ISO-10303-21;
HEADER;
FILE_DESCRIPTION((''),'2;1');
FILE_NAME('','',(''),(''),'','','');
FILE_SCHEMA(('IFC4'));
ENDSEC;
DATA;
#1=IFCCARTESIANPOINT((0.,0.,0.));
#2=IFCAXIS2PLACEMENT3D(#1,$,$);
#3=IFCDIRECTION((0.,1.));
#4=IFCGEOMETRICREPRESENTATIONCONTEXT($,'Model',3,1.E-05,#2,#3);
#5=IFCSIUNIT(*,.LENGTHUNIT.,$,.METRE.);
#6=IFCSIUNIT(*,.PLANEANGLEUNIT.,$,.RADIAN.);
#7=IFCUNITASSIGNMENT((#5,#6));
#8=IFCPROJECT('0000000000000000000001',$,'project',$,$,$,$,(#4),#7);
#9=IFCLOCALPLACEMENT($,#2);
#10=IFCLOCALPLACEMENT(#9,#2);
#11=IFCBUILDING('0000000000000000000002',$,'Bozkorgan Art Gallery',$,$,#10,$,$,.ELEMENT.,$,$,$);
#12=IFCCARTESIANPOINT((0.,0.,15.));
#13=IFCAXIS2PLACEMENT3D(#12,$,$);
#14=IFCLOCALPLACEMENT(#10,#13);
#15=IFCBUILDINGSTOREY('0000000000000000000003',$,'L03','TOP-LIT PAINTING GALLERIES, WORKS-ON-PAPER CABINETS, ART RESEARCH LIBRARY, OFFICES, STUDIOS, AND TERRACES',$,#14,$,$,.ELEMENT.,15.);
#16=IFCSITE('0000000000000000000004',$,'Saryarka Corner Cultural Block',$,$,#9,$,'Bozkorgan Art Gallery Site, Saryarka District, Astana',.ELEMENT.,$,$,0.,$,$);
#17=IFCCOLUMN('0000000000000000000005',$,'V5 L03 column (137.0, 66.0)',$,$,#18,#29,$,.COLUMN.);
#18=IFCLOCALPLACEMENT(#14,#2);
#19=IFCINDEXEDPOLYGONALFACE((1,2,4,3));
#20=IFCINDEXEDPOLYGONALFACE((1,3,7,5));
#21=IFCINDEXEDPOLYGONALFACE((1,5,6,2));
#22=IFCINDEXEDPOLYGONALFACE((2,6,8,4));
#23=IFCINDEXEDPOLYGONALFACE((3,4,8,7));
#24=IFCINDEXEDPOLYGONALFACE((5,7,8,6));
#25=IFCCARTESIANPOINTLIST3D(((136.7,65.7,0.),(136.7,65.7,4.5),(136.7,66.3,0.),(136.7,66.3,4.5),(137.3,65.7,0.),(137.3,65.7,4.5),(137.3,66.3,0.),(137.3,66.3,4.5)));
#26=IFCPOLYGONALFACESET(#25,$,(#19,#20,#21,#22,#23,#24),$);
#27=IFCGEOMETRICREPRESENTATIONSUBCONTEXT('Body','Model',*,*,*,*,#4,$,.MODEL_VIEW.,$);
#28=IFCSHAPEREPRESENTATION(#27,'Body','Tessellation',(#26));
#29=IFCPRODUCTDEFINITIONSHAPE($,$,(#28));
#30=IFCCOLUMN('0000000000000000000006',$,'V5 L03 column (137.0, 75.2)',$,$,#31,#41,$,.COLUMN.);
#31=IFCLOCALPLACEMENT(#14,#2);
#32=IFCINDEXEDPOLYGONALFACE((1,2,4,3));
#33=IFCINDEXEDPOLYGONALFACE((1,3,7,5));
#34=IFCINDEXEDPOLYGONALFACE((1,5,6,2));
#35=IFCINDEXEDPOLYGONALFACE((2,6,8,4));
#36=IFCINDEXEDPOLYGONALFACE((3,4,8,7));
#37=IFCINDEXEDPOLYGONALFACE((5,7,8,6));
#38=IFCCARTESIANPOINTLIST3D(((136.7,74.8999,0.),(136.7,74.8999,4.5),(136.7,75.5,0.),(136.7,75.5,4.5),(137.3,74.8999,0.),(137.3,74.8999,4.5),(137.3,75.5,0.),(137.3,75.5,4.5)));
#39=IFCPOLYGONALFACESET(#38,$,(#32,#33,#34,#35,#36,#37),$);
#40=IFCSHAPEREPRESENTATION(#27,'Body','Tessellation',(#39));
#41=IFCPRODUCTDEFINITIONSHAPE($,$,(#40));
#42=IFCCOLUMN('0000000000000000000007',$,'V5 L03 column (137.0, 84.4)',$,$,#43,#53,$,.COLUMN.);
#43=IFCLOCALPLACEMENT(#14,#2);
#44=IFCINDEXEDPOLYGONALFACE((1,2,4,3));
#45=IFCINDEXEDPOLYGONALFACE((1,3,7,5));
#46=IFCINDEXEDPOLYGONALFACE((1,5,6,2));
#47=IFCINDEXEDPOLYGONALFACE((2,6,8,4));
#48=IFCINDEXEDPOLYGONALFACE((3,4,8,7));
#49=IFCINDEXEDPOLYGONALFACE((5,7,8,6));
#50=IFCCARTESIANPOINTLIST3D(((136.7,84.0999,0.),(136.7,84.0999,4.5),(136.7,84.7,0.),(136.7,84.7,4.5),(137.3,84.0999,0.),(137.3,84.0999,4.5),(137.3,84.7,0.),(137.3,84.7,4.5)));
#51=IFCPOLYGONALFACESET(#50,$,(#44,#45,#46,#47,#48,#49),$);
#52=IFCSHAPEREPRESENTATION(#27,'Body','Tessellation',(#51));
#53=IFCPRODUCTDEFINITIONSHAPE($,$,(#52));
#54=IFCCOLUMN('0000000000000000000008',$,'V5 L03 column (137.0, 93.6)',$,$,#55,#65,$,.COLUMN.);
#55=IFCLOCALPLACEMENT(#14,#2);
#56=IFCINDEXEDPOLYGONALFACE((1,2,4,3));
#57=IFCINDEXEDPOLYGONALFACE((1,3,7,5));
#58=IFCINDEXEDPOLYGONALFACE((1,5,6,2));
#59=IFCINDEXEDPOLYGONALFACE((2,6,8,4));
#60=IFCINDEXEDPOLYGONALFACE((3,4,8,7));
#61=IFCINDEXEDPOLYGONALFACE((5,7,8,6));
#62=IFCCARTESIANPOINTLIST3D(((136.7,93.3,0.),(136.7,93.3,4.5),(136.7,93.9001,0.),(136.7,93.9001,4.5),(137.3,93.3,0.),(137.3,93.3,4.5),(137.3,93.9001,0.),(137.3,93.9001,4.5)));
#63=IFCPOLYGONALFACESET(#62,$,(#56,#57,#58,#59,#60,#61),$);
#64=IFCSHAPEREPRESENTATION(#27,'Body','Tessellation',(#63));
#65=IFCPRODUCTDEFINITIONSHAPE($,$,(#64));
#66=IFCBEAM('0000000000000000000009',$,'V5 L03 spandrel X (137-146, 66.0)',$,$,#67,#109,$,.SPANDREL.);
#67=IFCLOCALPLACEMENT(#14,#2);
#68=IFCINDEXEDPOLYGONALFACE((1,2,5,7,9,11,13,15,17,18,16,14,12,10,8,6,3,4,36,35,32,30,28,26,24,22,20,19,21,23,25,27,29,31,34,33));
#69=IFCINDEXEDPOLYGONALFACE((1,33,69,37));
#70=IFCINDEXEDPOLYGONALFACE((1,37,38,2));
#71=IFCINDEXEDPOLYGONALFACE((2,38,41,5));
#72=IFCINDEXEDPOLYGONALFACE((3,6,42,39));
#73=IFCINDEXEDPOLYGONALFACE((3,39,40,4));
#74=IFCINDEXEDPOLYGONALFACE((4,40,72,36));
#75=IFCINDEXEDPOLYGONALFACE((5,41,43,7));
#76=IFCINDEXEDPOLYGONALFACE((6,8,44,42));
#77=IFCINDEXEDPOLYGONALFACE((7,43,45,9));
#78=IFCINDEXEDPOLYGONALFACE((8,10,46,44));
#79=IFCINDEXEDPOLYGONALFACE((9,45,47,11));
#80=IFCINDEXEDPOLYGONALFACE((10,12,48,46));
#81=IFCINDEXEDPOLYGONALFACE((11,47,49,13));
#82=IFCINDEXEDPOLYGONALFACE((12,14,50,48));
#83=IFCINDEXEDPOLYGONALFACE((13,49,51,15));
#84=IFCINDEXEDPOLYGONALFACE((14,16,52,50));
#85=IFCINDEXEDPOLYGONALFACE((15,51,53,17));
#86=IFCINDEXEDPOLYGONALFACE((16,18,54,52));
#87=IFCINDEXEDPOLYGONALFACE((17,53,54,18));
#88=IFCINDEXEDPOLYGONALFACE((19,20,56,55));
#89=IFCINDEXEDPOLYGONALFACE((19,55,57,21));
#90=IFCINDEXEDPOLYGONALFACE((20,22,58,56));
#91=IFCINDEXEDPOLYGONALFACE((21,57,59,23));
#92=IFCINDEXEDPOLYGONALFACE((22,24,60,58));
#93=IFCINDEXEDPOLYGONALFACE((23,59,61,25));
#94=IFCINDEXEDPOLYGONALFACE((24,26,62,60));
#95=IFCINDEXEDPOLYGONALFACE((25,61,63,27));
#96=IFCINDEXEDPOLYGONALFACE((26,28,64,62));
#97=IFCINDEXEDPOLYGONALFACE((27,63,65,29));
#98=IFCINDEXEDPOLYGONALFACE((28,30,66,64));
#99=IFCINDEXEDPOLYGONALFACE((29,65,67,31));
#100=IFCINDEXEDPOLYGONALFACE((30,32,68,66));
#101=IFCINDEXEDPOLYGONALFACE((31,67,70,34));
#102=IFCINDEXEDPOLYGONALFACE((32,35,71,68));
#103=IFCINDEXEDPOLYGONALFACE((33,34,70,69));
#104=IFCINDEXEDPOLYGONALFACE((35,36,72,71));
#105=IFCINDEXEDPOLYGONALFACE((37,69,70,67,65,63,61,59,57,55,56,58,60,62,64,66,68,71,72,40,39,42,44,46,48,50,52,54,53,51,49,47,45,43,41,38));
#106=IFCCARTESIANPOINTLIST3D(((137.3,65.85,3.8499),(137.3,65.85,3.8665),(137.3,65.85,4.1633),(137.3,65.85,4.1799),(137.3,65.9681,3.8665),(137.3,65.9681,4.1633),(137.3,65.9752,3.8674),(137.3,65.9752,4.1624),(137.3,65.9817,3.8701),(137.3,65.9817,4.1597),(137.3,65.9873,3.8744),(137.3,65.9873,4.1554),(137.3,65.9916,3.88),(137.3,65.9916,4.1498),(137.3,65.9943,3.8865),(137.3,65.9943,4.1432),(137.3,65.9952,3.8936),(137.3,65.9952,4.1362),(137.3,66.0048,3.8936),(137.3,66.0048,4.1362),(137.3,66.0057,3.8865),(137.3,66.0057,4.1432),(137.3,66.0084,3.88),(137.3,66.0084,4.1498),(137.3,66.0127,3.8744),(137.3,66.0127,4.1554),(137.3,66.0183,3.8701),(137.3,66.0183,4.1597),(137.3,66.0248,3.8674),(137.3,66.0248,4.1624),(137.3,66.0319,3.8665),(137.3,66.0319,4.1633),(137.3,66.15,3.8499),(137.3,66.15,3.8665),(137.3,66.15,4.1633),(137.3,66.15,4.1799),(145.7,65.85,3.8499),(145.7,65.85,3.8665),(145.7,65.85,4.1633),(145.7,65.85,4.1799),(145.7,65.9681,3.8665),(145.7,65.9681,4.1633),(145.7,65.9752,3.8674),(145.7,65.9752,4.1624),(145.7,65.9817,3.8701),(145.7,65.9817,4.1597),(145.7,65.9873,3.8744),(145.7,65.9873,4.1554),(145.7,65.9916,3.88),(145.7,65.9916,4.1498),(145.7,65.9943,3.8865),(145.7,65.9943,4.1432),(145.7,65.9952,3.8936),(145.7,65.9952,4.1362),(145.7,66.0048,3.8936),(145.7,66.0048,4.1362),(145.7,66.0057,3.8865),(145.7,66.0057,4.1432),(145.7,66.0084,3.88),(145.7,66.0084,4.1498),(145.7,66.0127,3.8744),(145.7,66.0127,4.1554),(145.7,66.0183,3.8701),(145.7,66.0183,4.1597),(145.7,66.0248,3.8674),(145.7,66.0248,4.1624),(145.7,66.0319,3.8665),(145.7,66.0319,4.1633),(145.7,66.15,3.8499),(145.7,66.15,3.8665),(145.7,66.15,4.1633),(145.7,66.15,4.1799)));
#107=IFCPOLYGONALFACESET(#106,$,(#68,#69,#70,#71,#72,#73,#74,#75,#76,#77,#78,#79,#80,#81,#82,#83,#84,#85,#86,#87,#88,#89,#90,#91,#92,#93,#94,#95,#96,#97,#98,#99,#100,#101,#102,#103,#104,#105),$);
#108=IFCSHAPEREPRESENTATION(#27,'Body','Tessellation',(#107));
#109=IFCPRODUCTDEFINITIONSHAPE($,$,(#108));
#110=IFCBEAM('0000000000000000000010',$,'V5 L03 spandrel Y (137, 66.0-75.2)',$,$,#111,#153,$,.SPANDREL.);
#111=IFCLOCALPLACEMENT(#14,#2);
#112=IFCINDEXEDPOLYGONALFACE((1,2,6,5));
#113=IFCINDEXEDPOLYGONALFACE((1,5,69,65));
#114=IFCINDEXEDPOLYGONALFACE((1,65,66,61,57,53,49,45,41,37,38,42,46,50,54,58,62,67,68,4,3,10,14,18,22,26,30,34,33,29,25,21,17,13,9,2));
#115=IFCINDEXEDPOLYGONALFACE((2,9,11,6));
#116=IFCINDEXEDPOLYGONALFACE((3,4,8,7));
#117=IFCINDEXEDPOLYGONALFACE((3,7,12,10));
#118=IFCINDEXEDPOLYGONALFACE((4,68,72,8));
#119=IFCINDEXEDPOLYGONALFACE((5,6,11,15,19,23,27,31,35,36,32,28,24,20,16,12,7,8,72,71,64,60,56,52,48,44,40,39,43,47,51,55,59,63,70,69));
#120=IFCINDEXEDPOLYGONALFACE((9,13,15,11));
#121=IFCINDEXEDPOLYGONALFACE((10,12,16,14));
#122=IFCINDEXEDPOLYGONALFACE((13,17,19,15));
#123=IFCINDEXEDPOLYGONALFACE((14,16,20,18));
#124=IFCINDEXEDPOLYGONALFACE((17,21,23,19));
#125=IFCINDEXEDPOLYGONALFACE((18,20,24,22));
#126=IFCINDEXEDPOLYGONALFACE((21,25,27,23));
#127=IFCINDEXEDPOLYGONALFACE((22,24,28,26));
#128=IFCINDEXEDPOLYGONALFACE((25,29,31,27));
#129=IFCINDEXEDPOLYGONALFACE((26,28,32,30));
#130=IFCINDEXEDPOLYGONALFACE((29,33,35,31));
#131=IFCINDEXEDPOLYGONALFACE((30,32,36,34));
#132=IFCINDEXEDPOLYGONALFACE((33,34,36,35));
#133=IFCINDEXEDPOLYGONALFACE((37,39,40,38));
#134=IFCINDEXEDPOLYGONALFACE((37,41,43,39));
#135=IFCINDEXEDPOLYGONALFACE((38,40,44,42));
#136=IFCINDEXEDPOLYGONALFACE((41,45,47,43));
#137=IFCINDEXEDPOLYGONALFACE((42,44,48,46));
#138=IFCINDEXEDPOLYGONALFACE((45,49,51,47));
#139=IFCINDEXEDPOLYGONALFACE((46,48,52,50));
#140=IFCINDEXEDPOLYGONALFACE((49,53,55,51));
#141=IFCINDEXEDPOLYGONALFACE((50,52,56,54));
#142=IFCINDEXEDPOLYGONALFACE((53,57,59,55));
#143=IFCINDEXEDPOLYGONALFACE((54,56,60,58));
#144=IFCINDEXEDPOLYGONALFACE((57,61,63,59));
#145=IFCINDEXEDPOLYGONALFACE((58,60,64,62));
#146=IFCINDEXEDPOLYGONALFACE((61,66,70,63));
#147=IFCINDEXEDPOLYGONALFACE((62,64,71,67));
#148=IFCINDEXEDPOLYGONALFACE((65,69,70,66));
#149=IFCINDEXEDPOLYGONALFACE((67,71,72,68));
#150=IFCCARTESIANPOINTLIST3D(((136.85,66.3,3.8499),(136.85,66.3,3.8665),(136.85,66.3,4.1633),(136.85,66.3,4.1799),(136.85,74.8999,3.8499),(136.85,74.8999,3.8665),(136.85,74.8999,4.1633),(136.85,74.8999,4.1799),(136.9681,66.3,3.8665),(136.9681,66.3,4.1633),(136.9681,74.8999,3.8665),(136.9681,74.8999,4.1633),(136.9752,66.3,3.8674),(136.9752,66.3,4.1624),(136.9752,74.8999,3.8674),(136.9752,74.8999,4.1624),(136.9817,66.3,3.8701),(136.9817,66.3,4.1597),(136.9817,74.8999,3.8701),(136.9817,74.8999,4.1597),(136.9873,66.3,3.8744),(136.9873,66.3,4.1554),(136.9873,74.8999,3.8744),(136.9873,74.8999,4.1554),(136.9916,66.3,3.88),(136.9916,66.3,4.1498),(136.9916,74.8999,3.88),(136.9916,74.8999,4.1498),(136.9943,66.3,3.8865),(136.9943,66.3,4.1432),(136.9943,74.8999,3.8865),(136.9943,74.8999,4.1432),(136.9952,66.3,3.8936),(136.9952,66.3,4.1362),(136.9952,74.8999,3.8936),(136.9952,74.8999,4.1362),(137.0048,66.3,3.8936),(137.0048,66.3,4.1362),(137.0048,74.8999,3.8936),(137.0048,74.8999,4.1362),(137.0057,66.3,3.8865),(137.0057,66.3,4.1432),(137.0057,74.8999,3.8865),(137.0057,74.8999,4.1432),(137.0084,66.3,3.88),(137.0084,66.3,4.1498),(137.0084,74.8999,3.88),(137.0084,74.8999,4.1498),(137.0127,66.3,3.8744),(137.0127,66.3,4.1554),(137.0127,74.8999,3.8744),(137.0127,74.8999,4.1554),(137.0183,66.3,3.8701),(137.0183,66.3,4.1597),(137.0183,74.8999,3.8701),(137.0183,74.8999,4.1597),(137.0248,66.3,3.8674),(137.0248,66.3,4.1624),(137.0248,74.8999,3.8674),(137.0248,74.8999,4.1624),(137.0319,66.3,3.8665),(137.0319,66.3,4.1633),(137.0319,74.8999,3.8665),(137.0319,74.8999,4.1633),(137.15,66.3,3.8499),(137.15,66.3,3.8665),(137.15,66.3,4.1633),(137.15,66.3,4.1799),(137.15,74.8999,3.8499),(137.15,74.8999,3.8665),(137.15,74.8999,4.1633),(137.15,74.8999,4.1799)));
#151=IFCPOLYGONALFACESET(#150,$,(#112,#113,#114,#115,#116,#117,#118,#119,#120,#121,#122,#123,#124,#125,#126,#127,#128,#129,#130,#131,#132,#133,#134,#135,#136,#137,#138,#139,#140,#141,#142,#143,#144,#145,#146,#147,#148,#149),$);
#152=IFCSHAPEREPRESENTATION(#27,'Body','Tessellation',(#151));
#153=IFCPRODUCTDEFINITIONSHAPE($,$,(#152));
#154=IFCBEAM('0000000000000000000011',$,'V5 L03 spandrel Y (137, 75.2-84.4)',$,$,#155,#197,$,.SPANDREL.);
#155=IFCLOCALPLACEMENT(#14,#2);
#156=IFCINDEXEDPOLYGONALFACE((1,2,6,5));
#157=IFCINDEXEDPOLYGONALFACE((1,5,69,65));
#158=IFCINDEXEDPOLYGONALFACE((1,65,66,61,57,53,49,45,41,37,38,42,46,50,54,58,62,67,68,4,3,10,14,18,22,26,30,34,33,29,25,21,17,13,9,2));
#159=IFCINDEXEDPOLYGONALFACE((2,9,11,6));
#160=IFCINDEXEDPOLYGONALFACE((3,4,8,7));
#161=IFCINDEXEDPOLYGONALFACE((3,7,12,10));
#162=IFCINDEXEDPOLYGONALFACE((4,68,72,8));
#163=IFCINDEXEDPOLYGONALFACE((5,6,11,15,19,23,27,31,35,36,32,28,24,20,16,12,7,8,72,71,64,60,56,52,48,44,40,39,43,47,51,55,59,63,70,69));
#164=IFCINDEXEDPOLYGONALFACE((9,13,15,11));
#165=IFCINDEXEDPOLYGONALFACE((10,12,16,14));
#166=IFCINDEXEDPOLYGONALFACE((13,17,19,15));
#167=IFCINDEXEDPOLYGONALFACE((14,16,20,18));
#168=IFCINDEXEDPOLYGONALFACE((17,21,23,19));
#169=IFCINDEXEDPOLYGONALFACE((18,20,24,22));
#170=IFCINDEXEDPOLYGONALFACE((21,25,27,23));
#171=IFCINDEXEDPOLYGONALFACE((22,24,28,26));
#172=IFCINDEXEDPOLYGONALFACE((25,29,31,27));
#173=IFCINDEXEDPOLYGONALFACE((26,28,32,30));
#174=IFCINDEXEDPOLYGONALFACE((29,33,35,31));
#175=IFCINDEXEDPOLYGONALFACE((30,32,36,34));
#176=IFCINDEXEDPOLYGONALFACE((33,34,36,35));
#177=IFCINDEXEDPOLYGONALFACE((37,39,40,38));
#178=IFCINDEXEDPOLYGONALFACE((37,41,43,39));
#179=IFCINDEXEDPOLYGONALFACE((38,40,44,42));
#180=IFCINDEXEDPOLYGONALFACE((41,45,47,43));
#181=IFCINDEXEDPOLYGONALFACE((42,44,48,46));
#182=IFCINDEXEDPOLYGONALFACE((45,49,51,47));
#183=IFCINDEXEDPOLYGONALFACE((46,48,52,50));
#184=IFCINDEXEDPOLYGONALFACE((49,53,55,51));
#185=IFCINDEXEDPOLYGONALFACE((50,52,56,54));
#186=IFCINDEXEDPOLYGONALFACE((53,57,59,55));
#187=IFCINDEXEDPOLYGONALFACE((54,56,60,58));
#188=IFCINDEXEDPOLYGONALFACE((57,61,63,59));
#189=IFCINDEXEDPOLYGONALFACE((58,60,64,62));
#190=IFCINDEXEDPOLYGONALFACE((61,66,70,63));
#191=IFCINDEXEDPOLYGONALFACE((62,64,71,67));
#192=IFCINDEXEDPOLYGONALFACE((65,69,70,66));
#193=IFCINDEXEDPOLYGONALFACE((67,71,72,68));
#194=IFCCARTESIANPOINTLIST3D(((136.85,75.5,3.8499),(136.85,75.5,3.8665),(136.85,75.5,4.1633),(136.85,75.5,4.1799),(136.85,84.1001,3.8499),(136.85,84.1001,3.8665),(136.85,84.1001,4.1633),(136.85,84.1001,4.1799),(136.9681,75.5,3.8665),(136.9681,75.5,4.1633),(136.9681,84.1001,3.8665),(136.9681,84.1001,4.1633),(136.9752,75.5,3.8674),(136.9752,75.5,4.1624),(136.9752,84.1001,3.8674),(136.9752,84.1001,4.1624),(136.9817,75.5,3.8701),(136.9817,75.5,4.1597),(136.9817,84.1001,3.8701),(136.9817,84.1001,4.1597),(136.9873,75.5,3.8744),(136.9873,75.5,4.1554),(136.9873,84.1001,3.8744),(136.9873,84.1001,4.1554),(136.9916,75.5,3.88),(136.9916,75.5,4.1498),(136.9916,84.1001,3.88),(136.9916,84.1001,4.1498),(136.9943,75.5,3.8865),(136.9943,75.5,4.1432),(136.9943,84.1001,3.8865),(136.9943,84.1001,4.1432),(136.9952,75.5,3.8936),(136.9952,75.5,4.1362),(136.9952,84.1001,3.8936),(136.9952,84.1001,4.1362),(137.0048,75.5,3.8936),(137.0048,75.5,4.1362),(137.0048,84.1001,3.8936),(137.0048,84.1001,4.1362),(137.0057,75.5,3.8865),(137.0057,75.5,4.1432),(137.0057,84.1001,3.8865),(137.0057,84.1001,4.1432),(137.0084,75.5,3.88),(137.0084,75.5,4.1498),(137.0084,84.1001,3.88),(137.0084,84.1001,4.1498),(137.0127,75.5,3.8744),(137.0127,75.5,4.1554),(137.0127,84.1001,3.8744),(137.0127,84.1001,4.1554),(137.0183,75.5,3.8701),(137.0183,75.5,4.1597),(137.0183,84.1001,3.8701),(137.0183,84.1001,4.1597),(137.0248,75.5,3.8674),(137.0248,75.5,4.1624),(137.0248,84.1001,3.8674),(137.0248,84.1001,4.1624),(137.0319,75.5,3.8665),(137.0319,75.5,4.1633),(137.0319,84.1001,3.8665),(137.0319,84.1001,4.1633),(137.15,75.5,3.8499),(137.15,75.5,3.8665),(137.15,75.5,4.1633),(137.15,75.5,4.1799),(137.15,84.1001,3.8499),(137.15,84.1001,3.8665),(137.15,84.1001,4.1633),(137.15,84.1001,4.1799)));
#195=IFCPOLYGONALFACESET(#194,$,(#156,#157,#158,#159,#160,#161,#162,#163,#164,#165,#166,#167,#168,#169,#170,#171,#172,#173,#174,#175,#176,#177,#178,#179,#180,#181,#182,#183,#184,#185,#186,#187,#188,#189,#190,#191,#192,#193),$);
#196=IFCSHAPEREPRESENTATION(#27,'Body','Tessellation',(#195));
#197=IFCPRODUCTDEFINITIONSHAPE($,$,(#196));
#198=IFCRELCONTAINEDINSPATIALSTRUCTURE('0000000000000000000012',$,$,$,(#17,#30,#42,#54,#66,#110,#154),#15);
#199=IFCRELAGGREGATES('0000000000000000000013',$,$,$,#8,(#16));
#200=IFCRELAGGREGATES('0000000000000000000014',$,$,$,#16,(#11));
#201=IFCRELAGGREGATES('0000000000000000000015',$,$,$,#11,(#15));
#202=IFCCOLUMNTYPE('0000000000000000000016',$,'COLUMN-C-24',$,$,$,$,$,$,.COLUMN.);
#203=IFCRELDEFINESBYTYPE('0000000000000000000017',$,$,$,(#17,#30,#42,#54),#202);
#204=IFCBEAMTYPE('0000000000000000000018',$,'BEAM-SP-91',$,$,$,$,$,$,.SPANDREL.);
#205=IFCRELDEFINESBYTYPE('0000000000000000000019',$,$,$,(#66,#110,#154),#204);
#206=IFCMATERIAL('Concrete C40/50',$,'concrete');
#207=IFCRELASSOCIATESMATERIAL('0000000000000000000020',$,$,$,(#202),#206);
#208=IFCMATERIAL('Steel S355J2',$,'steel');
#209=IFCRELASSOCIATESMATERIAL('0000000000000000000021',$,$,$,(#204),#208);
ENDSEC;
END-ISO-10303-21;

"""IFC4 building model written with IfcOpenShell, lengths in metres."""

from ifc_helpers import new_model, si_unit, direction, frame, origin, origin_2d, place, context, subcontext, project, spatial, rectangle, i_section, extrude, material, material_profile, profile_set, type_object, element, save


model = new_model("IFC4")

# Units and contexts
model_context = context("Model", 3, precision=1e-05, world=origin(), true_north=direction((0.0, 1.0)))
body_context = subcontext(model_context, "Body", "Model", "MODEL_VIEW")
ifc_project = project(units=[si_unit("LENGTHUNIT", "METRE"), si_unit("PLANEANGLEUNIT", "RADIAN")], contexts=[model_context])

# Site, building, storey
site_placement = place(None, origin())
site = spatial("IfcSite", under=ifc_project, at=site_placement, Name="Saryarka Corner Cultural Block", LongName="Bozkorgan Art Gallery Site, Saryarka District, Astana", CompositionType="ELEMENT", RefElevation=0.0)
building_placement = place(site_placement, origin())
building = spatial("IfcBuilding", under=site, at=building_placement, Name="Bozkorgan Art Gallery", CompositionType="ELEMENT")
storey_placement = place(building_placement, frame((0.0, 0.0, 15.0)))
storey = spatial("IfcBuildingStorey", under=building, at=storey_placement, Name="L03", Description="TOP-LIT PAINTING GALLERIES, WORKS-ON-PAPER CABINETS, ART RESEARCH LIBRARY, OFFICES, STUDIOS, AND TERRACES", CompositionType="ELEMENT", Elevation=15.0)

# Columns
ifc_material_1 = material(Name="Concrete C40/50", Category="concrete")
ifc_material_profile_1 = material_profile(ifc_material_1, rectangle(XDim=0.6001, YDim=0.6001, at=origin_2d()), Name="RC 600x600")
ifc_profile_set_1 = profile_set([ifc_material_profile_1], Name="Concrete C40/50")
column_type = type_object("IfcColumnType", Name="COLUMN-C-24", PredefinedType="COLUMN", material=ifc_profile_set_1)
for number, where, z_axis, x_axis, name in (
    (1, (137.0, 66.0, 0.0), (0.0, 0.0, 1.0), (1.0, 0.0, 0.0), "V5 L03 column (137.0, 66.0)"),
    (2, (137.0, 75.2, 0.0), (0.0, 0.0, 1.0), (1.0, 0.0, 0.0), "V5 L03 column (137.0, 75.2)"),
    (3, (137.0, 84.3999, 0.0), (0.0, 0.0, 1.0), (1.0, 0.0, 0.0), "V5 L03 column (137.0, 84.4)"),
    (4, (137.0, 93.6001, 0.0), (0.0, 0.0, 1.0), (1.0, 0.0, 0.0), "V5 L03 column (137.0, 93.6)"),
):
    element("IfcColumn", number, at=place(storey_placement, frame(where, z_axis=z_axis, x_axis=x_axis)), inside=storey, type_object=column_type, Name=name, PredefinedType="COLUMN", context=body_context, shape_type="SweptSolid", body=[
        extrude(rectangle(XDim=0.6001, YDim=0.6001, at=origin_2d()), origin(), (0.0, 0.0, 1.0), 4.5),
    ])

# Beams
ifc_material_2 = material(Name="Steel S355J2", Category="steel")
ifc_material_profile_2 = material_profile(ifc_material_2, i_section(OverallWidth=0.3, OverallDepth=0.3301, WebThickness=0.0095, FlangeThickness=0.0166, FilletRadius=0.0271, at=origin_2d()), Name="HEA 340")
ifc_profile_set_2 = profile_set([ifc_material_profile_2], Name="Steel S355J2")
beam_type_1 = type_object("IfcBeamType", Name="BEAM-SP-91", PredefinedType="SPANDREL", material=ifc_profile_set_2)
beam_1_placement = place(storey_placement, frame((137.3, 66.0, 4.0149), z_axis=(1.0, 0.0, 0.0), x_axis=(0.0, 1.0, 0.0)))
element("IfcBeam", 5, at=beam_1_placement, inside=storey, type_object=beam_type_1, Name="V5 L03 spandrel X (137-146, 66.0)", PredefinedType="SPANDREL", context=body_context, shape_type="SweptSolid", body=[
    extrude(i_section(OverallWidth=0.3, OverallDepth=0.3301, WebThickness=0.0095, FlangeThickness=0.0166, FilletRadius=0.0271, at=origin_2d()), origin(), (0.0, 0.0, 1.0), 8.3999),
])
beam_2_placement = place(storey_placement, frame((137.0, 66.3, 4.0149), z_axis=(0.0, 1.0, 0.0), x_axis=(-1.0, 0.0, 0.0)))
element("IfcBeam", 6, at=beam_2_placement, inside=storey, type_object=beam_type_1, Name="V5 L03 spandrel Y (137, 66.0-75.2)", PredefinedType="SPANDREL", context=body_context, shape_type="SweptSolid", body=[
    extrude(i_section(OverallWidth=0.3, OverallDepth=0.3301, WebThickness=0.0095, FlangeThickness=0.0166, FilletRadius=0.0271, at=origin_2d()), origin(), (0.0, 0.0, 1.0), 8.5999),
])
for number, where, z_axis, x_axis, name in (
    (7, (137.0, 75.5, 4.0149), (0.0, 1.0, 0.0), (-1.0, 0.0, 0.0), "V5 L03 spandrel Y (137, 75.2-84.4)"),
):
    element("IfcBeam", number, at=place(storey_placement, frame(where, z_axis=z_axis, x_axis=x_axis)), inside=storey, type_object=beam_type_1, Name=name, PredefinedType="SPANDREL", context=body_context, shape_type="SweptSolid", body=[
        extrude(i_section(OverallWidth=0.3, OverallDepth=0.3301, WebThickness=0.0095, FlangeThickness=0.0166, FilletRadius=0.0271, at=origin_2d()), origin(), (0.0, 0.0, 1.0), 8.6001),
    ])

save(model, "model.ifc")
